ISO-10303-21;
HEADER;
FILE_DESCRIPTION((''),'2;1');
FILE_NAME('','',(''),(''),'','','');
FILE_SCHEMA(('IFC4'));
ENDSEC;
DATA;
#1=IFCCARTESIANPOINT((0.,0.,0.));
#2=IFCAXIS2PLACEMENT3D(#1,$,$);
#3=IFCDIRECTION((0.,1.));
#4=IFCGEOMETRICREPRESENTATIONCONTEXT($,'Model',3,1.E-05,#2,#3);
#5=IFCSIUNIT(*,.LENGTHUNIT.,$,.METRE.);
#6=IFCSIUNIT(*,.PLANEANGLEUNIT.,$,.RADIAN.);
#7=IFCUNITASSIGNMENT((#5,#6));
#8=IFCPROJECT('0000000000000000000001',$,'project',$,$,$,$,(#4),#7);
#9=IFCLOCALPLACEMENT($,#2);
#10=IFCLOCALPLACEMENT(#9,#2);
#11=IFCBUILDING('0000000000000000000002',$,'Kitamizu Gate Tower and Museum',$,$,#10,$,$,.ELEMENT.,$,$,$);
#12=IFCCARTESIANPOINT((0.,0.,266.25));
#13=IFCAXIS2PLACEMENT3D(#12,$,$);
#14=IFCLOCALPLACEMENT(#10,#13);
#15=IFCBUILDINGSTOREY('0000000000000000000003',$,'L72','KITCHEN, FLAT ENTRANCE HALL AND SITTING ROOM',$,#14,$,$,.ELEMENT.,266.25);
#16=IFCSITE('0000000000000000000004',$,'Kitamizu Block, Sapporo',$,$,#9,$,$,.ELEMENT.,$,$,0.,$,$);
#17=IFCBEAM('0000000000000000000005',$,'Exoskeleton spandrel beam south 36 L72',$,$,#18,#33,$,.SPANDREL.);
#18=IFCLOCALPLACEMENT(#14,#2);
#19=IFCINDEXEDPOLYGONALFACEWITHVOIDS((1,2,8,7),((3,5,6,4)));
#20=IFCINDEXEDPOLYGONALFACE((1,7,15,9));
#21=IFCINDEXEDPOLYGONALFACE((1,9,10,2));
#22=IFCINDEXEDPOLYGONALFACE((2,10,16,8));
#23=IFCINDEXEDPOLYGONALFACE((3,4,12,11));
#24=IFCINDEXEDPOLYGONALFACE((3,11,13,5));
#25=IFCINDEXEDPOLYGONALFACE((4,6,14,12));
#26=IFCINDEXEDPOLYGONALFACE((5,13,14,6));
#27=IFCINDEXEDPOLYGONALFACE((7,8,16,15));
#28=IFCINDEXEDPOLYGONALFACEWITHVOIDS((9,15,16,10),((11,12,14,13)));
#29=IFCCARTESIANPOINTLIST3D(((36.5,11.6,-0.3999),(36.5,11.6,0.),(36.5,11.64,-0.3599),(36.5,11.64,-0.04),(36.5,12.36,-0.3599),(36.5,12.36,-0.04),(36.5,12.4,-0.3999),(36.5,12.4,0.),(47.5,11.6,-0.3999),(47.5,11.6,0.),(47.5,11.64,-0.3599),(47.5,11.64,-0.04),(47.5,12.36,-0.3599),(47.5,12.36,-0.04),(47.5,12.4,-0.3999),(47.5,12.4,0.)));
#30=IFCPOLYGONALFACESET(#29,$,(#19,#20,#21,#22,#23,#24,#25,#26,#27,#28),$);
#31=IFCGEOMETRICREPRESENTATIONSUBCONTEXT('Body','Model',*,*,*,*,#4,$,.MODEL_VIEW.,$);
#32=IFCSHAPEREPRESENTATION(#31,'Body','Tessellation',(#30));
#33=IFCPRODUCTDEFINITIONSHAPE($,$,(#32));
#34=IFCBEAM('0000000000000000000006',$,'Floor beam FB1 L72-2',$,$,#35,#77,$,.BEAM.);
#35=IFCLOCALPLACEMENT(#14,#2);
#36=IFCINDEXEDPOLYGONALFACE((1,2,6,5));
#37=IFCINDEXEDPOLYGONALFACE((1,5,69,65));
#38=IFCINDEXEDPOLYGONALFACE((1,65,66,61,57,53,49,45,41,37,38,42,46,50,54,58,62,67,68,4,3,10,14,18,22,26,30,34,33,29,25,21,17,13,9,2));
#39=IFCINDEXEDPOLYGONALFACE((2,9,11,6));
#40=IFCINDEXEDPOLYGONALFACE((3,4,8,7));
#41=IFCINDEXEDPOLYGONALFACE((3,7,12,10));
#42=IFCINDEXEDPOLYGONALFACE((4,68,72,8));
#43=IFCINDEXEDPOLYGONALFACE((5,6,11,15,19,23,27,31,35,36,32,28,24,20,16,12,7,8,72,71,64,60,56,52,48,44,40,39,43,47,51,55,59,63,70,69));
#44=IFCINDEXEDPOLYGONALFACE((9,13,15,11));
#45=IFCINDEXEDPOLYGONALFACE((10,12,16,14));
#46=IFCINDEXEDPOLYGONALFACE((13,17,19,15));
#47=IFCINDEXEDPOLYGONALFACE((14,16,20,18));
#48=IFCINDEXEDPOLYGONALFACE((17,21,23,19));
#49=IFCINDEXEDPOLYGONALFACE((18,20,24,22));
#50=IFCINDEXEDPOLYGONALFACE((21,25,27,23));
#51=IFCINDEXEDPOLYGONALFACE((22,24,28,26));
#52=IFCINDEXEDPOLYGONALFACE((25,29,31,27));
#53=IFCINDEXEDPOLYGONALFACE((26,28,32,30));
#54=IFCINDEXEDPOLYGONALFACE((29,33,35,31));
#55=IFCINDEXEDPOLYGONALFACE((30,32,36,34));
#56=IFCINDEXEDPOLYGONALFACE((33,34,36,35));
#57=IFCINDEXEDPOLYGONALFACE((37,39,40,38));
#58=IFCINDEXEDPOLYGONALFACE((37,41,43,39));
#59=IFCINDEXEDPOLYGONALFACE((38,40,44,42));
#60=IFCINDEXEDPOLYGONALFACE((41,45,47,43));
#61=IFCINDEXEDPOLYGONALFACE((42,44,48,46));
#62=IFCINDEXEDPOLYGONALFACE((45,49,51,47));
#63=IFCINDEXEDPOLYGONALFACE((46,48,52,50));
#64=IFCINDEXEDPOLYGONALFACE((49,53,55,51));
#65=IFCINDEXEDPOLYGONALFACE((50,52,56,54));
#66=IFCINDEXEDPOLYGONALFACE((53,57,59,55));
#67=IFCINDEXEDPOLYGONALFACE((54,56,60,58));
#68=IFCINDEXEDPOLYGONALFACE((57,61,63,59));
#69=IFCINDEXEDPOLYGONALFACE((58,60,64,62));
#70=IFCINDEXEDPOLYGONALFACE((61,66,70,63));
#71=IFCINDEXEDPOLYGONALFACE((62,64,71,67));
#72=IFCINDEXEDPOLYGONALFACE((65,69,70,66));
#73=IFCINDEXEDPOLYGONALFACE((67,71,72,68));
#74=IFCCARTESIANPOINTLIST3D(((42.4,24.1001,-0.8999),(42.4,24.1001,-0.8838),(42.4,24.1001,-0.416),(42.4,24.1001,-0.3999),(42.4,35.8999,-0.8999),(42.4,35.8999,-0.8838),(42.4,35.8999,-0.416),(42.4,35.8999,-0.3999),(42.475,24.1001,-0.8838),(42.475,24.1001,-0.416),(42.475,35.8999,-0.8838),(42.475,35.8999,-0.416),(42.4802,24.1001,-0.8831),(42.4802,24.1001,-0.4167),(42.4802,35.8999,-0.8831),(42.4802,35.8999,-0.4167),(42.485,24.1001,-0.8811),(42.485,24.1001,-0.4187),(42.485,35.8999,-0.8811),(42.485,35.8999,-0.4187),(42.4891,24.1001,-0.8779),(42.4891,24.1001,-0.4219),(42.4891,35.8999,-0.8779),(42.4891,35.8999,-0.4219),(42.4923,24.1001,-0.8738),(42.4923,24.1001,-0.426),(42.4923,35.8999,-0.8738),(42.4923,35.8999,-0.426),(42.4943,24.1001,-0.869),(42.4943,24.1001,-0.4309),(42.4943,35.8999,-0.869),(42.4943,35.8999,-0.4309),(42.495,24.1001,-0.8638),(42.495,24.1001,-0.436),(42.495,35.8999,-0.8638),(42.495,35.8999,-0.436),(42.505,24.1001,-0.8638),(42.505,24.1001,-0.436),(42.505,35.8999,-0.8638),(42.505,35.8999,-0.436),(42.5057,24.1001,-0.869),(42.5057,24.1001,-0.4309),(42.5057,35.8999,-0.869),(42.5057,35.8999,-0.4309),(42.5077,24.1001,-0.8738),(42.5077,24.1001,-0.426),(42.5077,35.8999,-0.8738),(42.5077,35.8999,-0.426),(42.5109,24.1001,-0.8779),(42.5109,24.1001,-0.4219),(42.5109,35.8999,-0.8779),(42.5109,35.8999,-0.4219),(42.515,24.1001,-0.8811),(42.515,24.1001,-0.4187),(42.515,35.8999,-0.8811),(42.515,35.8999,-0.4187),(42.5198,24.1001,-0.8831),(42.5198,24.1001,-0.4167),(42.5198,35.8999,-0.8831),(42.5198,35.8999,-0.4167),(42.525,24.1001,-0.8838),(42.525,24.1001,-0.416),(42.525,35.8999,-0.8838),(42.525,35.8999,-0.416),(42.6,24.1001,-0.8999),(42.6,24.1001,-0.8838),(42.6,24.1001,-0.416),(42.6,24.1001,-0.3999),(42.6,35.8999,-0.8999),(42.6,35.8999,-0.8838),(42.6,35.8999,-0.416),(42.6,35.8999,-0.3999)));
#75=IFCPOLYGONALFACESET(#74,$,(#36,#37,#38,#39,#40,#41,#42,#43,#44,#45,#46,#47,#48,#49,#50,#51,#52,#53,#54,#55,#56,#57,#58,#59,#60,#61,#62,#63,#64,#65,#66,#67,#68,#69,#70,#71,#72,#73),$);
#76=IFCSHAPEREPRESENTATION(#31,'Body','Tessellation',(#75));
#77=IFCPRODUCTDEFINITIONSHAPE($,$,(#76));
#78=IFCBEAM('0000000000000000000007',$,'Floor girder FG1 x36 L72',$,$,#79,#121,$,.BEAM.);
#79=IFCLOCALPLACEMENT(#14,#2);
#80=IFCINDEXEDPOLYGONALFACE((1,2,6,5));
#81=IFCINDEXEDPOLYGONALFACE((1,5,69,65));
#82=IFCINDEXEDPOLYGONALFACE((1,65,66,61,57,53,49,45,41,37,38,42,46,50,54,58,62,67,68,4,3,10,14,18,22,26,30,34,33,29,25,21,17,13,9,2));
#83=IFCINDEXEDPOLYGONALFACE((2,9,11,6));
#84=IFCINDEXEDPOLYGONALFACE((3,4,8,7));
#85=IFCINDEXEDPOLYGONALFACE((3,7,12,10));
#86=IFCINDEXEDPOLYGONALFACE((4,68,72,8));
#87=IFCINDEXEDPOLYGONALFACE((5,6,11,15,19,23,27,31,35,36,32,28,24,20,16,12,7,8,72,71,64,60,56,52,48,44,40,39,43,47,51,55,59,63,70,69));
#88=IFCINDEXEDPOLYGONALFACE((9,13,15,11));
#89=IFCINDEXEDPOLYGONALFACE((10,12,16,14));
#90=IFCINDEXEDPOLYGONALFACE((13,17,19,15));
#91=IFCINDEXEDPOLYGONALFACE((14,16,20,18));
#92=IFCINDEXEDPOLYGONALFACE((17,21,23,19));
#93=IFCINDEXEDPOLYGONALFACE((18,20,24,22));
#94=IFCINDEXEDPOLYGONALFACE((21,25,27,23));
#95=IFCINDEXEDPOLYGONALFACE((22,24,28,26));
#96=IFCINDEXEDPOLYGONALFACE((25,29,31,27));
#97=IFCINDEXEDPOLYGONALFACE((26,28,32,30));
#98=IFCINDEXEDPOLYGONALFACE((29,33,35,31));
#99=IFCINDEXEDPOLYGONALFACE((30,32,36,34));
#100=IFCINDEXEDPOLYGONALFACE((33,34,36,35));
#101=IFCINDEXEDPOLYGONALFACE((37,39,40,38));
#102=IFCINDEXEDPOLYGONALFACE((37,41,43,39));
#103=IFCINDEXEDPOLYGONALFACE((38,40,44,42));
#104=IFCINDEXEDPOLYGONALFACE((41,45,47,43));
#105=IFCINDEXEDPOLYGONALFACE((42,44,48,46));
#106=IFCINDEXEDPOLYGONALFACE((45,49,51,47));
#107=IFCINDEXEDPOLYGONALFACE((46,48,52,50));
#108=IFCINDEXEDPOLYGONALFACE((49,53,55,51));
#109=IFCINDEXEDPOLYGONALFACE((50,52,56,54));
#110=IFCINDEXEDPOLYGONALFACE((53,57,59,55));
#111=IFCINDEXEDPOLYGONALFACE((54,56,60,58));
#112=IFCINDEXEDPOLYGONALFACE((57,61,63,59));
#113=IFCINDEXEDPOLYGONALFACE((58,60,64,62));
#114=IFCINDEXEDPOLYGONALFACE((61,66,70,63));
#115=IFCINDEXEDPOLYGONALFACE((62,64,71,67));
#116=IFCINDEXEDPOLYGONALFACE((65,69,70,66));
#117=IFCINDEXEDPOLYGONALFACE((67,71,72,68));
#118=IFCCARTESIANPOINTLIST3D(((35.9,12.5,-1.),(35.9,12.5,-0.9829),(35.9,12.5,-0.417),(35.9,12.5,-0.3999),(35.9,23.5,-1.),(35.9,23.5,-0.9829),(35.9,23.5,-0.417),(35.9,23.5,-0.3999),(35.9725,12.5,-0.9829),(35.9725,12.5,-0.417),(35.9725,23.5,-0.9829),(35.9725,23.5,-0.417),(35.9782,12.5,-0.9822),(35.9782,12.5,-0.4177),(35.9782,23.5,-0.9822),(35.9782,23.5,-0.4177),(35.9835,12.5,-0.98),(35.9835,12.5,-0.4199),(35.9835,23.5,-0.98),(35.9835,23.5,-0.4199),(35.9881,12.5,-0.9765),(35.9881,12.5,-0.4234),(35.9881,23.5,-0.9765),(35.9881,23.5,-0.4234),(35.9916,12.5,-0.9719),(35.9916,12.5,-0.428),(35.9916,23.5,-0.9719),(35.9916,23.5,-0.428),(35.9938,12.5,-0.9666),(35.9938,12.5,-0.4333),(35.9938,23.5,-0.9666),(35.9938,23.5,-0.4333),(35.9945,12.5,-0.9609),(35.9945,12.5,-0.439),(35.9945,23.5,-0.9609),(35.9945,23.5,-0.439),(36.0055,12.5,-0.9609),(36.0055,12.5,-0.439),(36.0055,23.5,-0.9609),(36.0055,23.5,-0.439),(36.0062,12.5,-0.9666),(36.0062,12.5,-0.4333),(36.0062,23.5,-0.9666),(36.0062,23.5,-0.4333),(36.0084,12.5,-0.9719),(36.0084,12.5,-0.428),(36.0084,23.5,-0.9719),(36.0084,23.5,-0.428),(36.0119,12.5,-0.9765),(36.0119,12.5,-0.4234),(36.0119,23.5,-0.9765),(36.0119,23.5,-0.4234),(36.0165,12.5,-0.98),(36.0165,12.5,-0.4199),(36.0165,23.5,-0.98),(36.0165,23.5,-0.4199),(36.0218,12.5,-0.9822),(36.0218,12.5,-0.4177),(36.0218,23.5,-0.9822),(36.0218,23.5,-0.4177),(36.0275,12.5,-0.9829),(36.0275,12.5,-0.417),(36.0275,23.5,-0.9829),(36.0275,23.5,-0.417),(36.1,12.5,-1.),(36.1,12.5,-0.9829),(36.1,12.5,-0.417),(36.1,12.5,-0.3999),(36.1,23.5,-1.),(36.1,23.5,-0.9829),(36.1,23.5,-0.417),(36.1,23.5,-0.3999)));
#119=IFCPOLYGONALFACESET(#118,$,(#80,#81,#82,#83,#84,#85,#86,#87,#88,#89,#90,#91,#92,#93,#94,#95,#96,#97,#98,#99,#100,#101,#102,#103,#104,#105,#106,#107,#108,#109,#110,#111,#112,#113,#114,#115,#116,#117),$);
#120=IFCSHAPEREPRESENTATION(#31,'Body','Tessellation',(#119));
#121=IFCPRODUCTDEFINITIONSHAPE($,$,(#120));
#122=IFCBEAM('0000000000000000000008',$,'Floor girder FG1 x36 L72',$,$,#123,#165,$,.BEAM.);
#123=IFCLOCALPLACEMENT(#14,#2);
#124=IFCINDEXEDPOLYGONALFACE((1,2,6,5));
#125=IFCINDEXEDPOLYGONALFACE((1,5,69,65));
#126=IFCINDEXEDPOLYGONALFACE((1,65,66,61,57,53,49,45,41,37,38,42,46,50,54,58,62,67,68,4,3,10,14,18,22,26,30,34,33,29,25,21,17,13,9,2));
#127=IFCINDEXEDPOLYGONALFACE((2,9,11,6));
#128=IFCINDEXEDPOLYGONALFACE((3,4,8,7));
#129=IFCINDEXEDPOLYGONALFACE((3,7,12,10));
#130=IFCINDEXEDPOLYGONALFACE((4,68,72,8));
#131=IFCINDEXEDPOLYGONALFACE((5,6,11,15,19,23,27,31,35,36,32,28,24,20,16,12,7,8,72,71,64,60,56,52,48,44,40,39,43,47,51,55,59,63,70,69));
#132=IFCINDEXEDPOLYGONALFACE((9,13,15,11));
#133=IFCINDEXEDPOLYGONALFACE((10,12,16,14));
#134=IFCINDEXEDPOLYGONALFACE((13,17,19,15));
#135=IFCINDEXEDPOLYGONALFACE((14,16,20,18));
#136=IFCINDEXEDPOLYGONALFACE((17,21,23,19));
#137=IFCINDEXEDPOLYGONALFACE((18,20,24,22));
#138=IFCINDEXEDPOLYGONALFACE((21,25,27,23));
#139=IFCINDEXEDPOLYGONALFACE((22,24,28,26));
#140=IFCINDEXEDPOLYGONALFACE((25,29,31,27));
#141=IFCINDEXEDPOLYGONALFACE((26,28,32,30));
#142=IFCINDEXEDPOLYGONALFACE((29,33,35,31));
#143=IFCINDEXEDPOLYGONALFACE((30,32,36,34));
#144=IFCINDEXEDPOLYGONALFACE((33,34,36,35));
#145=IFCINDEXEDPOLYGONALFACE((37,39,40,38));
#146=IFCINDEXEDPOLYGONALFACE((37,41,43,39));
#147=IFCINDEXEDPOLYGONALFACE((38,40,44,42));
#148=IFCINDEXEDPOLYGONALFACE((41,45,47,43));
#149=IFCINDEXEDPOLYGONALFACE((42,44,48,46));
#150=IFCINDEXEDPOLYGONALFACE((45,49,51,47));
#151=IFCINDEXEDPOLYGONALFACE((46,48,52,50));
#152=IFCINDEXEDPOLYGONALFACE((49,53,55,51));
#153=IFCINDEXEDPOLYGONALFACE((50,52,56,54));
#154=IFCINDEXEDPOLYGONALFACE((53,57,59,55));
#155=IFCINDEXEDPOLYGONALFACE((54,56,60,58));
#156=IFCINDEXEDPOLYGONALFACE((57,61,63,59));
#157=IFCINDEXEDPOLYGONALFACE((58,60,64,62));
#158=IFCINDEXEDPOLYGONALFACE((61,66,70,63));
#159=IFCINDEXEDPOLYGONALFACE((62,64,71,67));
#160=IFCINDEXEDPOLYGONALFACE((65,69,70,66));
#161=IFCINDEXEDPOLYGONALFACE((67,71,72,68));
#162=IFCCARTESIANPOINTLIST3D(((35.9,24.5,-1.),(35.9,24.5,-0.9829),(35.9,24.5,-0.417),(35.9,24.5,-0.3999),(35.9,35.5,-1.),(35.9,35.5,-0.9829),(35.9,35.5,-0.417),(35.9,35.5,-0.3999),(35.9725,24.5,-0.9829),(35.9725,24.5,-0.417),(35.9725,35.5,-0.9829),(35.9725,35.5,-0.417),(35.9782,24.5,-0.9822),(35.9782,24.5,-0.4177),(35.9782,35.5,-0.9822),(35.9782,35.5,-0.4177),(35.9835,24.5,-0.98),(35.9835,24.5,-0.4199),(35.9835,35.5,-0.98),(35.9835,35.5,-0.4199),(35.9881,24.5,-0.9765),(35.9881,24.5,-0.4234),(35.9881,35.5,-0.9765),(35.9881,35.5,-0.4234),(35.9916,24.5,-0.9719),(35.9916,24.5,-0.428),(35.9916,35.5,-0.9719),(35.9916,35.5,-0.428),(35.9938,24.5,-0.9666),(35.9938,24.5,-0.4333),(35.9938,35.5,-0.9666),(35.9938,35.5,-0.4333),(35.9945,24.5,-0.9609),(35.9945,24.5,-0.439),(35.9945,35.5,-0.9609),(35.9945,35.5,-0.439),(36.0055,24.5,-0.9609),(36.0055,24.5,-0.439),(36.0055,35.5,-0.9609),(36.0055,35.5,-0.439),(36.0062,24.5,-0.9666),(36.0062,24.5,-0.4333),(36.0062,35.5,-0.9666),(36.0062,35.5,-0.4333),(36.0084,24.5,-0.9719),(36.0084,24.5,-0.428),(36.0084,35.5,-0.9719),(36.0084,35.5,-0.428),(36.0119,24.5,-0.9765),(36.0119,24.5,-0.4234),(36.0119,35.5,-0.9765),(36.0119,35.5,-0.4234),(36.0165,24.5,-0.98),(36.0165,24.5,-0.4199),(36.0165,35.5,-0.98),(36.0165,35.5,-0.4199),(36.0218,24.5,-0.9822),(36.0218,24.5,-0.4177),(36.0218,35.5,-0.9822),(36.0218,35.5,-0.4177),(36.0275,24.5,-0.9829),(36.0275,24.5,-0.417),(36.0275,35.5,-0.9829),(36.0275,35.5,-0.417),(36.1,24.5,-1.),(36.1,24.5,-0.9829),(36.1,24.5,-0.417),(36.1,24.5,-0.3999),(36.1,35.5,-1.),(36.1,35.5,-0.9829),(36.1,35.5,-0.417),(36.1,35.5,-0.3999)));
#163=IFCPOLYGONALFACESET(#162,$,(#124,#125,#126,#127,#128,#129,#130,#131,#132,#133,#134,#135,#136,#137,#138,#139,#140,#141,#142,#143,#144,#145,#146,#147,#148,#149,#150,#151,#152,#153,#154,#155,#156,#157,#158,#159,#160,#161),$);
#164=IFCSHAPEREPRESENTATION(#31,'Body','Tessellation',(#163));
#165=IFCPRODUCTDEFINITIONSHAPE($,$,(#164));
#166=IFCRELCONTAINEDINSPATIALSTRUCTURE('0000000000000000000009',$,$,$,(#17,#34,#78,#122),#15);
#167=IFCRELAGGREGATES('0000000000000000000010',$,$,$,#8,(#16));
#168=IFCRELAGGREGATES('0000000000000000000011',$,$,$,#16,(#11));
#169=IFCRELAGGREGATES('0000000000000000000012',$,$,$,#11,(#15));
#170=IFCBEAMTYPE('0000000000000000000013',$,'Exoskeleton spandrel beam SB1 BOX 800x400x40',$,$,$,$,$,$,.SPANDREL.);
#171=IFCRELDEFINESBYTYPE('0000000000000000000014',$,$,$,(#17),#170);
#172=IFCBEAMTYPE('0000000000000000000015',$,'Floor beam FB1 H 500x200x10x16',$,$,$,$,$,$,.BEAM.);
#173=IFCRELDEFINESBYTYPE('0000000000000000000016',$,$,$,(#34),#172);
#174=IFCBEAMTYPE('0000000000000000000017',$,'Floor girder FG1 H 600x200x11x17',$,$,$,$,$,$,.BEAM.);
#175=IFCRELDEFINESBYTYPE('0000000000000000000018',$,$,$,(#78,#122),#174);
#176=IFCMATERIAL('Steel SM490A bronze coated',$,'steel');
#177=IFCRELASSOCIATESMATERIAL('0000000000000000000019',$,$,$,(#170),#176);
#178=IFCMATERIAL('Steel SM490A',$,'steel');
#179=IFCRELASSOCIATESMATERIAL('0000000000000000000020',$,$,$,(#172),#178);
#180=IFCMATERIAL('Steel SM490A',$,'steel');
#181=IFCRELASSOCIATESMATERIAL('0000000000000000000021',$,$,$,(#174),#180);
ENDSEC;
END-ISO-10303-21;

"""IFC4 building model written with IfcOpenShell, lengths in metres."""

from ifc_helpers import new_model, si_unit, direction, frame, origin, origin_2d, place, context, subcontext, project, spatial, hollow_rectangle, i_section, extrude, material, material_profile, profile_set, type_object, element, save


model = new_model("IFC4")

# Units and contexts
model_context = context("Model", 3, precision=1e-05, world=origin(), true_north=direction((0.0, 1.0)))
body_context = subcontext(model_context, "Body", "Model", "MODEL_VIEW")
ifc_project = project(units=[si_unit("LENGTHUNIT", "METRE"), si_unit("PLANEANGLEUNIT", "RADIAN")], contexts=[model_context])

# Site, building, storey
site_placement = place(None, origin())
site = spatial("IfcSite", under=ifc_project, at=site_placement, Name="Kitamizu Block, Sapporo", CompositionType="ELEMENT", RefElevation=0.0)
building_placement = place(site_placement, origin())
building = spatial("IfcBuilding", under=site, at=building_placement, Name="Kitamizu Gate Tower and Museum", CompositionType="ELEMENT")
storey_placement = place(building_placement, frame((0.0, 0.0, 266.25)))
storey = spatial("IfcBuildingStorey", under=building, at=storey_placement, Name="L72", Description="KITCHEN, FLAT ENTRANCE HALL AND SITTING ROOM", CompositionType="ELEMENT", Elevation=266.25)

# Beams
ifc_material_1 = material(Name="Steel SM490A bronze coated", Category="steel")
ifc_material_profile_1 = material_profile(ifc_material_1, hollow_rectangle(XDim=0.8, YDim=0.3999, WallThickness=0.04, at=origin_2d()), Name="BOX 800x400x40")
ifc_profile_set_1 = profile_set([ifc_material_profile_1], Name="Steel SM490A bronze coated")
beam_type_1 = type_object("IfcBeamType", Name="Exoskeleton spandrel beam SB1 BOX 800x400x40", PredefinedType="SPANDREL", material=ifc_profile_set_1)
beam_1_placement = place(storey_placement, frame((36.5, 12.0, -0.2), z_axis=(1.0, 0.0, 0.0), x_axis=(0.0, 1.0, 0.0)))
element("IfcBeam", 1, at=beam_1_placement, inside=storey, type_object=beam_type_1, Name="Exoskeleton spandrel beam south 36 L72", PredefinedType="SPANDREL", context=body_context, shape_type="SweptSolid", body=[
    extrude(hollow_rectangle(XDim=0.8, YDim=0.3999, WallThickness=0.04, at=origin_2d()), origin(), (0.0, 0.0, 1.0), 11.0),
])
ifc_material_2 = material(Name="Steel SM490A", Category="steel")
ifc_material_profile_2 = material_profile(ifc_material_2, i_section(OverallWidth=0.2, OverallDepth=0.5, WebThickness=0.01, FlangeThickness=0.0161, FilletRadius=0.02, at=origin_2d()), Name="H-500x200x10x16")
ifc_profile_set_2 = profile_set([ifc_material_profile_2], Name="Steel SM490A")
beam_type_2 = type_object("IfcBeamType", Name="Floor beam FB1 H 500x200x10x16", PredefinedType="BEAM", material=ifc_profile_set_2)
beam_2_placement = place(storey_placement, frame((42.5, 24.1001, -0.6499), z_axis=(0.0, 1.0, 0.0), x_axis=(-1.0, 0.0, 0.0)))
element("IfcBeam", 2, at=beam_2_placement, inside=storey, type_object=beam_type_2, Name="Floor beam FB1 L72-2", PredefinedType="BEAM", context=body_context, shape_type="SweptSolid", body=[
    extrude(i_section(OverallWidth=0.2, OverallDepth=0.5, WebThickness=0.01, FlangeThickness=0.0161, FilletRadius=0.02, at=origin_2d()), origin(), (0.0, 0.0, 1.0), 11.7998),
])
ifc_material_3 = material(Name="Steel SM490A", Category="steel")
ifc_material_profile_3 = material_profile(ifc_material_3, i_section(OverallWidth=0.2, OverallDepth=0.6001, WebThickness=0.011, FlangeThickness=0.0171, FilletRadius=0.022, at=origin_2d()), Name="H-600x200x11x17")
ifc_profile_set_3 = profile_set([ifc_material_profile_3], Name="Steel SM490A")
beam_type_3 = type_object("IfcBeamType", Name="Floor girder FG1 H 600x200x11x17", PredefinedType="BEAM", material=ifc_profile_set_3)
for number, where, z_axis, x_axis, name in (
    (3, (36.0, 12.5, -0.7), (0.0, 1.0, 0.0), (-1.0, 0.0, 0.0), "Floor girder FG1 x36 L72"),
    (4, (36.0, 24.5, -0.7), (0.0, 1.0, 0.0), (-1.0, 0.0, 0.0), "Floor girder FG1 x36 L72"),
):
    element("IfcBeam", number, at=place(storey_placement, frame(where, z_axis=z_axis, x_axis=x_axis)), inside=storey, type_object=beam_type_3, Name=name, PredefinedType="BEAM", context=body_context, shape_type="SweptSolid", body=[
        extrude(i_section(OverallWidth=0.2, OverallDepth=0.6001, WebThickness=0.011, FlangeThickness=0.0171, FilletRadius=0.022, at=origin_2d()), origin(), (0.0, 0.0, 1.0), 11.0),
    ])

save(model, "model.ifc")
